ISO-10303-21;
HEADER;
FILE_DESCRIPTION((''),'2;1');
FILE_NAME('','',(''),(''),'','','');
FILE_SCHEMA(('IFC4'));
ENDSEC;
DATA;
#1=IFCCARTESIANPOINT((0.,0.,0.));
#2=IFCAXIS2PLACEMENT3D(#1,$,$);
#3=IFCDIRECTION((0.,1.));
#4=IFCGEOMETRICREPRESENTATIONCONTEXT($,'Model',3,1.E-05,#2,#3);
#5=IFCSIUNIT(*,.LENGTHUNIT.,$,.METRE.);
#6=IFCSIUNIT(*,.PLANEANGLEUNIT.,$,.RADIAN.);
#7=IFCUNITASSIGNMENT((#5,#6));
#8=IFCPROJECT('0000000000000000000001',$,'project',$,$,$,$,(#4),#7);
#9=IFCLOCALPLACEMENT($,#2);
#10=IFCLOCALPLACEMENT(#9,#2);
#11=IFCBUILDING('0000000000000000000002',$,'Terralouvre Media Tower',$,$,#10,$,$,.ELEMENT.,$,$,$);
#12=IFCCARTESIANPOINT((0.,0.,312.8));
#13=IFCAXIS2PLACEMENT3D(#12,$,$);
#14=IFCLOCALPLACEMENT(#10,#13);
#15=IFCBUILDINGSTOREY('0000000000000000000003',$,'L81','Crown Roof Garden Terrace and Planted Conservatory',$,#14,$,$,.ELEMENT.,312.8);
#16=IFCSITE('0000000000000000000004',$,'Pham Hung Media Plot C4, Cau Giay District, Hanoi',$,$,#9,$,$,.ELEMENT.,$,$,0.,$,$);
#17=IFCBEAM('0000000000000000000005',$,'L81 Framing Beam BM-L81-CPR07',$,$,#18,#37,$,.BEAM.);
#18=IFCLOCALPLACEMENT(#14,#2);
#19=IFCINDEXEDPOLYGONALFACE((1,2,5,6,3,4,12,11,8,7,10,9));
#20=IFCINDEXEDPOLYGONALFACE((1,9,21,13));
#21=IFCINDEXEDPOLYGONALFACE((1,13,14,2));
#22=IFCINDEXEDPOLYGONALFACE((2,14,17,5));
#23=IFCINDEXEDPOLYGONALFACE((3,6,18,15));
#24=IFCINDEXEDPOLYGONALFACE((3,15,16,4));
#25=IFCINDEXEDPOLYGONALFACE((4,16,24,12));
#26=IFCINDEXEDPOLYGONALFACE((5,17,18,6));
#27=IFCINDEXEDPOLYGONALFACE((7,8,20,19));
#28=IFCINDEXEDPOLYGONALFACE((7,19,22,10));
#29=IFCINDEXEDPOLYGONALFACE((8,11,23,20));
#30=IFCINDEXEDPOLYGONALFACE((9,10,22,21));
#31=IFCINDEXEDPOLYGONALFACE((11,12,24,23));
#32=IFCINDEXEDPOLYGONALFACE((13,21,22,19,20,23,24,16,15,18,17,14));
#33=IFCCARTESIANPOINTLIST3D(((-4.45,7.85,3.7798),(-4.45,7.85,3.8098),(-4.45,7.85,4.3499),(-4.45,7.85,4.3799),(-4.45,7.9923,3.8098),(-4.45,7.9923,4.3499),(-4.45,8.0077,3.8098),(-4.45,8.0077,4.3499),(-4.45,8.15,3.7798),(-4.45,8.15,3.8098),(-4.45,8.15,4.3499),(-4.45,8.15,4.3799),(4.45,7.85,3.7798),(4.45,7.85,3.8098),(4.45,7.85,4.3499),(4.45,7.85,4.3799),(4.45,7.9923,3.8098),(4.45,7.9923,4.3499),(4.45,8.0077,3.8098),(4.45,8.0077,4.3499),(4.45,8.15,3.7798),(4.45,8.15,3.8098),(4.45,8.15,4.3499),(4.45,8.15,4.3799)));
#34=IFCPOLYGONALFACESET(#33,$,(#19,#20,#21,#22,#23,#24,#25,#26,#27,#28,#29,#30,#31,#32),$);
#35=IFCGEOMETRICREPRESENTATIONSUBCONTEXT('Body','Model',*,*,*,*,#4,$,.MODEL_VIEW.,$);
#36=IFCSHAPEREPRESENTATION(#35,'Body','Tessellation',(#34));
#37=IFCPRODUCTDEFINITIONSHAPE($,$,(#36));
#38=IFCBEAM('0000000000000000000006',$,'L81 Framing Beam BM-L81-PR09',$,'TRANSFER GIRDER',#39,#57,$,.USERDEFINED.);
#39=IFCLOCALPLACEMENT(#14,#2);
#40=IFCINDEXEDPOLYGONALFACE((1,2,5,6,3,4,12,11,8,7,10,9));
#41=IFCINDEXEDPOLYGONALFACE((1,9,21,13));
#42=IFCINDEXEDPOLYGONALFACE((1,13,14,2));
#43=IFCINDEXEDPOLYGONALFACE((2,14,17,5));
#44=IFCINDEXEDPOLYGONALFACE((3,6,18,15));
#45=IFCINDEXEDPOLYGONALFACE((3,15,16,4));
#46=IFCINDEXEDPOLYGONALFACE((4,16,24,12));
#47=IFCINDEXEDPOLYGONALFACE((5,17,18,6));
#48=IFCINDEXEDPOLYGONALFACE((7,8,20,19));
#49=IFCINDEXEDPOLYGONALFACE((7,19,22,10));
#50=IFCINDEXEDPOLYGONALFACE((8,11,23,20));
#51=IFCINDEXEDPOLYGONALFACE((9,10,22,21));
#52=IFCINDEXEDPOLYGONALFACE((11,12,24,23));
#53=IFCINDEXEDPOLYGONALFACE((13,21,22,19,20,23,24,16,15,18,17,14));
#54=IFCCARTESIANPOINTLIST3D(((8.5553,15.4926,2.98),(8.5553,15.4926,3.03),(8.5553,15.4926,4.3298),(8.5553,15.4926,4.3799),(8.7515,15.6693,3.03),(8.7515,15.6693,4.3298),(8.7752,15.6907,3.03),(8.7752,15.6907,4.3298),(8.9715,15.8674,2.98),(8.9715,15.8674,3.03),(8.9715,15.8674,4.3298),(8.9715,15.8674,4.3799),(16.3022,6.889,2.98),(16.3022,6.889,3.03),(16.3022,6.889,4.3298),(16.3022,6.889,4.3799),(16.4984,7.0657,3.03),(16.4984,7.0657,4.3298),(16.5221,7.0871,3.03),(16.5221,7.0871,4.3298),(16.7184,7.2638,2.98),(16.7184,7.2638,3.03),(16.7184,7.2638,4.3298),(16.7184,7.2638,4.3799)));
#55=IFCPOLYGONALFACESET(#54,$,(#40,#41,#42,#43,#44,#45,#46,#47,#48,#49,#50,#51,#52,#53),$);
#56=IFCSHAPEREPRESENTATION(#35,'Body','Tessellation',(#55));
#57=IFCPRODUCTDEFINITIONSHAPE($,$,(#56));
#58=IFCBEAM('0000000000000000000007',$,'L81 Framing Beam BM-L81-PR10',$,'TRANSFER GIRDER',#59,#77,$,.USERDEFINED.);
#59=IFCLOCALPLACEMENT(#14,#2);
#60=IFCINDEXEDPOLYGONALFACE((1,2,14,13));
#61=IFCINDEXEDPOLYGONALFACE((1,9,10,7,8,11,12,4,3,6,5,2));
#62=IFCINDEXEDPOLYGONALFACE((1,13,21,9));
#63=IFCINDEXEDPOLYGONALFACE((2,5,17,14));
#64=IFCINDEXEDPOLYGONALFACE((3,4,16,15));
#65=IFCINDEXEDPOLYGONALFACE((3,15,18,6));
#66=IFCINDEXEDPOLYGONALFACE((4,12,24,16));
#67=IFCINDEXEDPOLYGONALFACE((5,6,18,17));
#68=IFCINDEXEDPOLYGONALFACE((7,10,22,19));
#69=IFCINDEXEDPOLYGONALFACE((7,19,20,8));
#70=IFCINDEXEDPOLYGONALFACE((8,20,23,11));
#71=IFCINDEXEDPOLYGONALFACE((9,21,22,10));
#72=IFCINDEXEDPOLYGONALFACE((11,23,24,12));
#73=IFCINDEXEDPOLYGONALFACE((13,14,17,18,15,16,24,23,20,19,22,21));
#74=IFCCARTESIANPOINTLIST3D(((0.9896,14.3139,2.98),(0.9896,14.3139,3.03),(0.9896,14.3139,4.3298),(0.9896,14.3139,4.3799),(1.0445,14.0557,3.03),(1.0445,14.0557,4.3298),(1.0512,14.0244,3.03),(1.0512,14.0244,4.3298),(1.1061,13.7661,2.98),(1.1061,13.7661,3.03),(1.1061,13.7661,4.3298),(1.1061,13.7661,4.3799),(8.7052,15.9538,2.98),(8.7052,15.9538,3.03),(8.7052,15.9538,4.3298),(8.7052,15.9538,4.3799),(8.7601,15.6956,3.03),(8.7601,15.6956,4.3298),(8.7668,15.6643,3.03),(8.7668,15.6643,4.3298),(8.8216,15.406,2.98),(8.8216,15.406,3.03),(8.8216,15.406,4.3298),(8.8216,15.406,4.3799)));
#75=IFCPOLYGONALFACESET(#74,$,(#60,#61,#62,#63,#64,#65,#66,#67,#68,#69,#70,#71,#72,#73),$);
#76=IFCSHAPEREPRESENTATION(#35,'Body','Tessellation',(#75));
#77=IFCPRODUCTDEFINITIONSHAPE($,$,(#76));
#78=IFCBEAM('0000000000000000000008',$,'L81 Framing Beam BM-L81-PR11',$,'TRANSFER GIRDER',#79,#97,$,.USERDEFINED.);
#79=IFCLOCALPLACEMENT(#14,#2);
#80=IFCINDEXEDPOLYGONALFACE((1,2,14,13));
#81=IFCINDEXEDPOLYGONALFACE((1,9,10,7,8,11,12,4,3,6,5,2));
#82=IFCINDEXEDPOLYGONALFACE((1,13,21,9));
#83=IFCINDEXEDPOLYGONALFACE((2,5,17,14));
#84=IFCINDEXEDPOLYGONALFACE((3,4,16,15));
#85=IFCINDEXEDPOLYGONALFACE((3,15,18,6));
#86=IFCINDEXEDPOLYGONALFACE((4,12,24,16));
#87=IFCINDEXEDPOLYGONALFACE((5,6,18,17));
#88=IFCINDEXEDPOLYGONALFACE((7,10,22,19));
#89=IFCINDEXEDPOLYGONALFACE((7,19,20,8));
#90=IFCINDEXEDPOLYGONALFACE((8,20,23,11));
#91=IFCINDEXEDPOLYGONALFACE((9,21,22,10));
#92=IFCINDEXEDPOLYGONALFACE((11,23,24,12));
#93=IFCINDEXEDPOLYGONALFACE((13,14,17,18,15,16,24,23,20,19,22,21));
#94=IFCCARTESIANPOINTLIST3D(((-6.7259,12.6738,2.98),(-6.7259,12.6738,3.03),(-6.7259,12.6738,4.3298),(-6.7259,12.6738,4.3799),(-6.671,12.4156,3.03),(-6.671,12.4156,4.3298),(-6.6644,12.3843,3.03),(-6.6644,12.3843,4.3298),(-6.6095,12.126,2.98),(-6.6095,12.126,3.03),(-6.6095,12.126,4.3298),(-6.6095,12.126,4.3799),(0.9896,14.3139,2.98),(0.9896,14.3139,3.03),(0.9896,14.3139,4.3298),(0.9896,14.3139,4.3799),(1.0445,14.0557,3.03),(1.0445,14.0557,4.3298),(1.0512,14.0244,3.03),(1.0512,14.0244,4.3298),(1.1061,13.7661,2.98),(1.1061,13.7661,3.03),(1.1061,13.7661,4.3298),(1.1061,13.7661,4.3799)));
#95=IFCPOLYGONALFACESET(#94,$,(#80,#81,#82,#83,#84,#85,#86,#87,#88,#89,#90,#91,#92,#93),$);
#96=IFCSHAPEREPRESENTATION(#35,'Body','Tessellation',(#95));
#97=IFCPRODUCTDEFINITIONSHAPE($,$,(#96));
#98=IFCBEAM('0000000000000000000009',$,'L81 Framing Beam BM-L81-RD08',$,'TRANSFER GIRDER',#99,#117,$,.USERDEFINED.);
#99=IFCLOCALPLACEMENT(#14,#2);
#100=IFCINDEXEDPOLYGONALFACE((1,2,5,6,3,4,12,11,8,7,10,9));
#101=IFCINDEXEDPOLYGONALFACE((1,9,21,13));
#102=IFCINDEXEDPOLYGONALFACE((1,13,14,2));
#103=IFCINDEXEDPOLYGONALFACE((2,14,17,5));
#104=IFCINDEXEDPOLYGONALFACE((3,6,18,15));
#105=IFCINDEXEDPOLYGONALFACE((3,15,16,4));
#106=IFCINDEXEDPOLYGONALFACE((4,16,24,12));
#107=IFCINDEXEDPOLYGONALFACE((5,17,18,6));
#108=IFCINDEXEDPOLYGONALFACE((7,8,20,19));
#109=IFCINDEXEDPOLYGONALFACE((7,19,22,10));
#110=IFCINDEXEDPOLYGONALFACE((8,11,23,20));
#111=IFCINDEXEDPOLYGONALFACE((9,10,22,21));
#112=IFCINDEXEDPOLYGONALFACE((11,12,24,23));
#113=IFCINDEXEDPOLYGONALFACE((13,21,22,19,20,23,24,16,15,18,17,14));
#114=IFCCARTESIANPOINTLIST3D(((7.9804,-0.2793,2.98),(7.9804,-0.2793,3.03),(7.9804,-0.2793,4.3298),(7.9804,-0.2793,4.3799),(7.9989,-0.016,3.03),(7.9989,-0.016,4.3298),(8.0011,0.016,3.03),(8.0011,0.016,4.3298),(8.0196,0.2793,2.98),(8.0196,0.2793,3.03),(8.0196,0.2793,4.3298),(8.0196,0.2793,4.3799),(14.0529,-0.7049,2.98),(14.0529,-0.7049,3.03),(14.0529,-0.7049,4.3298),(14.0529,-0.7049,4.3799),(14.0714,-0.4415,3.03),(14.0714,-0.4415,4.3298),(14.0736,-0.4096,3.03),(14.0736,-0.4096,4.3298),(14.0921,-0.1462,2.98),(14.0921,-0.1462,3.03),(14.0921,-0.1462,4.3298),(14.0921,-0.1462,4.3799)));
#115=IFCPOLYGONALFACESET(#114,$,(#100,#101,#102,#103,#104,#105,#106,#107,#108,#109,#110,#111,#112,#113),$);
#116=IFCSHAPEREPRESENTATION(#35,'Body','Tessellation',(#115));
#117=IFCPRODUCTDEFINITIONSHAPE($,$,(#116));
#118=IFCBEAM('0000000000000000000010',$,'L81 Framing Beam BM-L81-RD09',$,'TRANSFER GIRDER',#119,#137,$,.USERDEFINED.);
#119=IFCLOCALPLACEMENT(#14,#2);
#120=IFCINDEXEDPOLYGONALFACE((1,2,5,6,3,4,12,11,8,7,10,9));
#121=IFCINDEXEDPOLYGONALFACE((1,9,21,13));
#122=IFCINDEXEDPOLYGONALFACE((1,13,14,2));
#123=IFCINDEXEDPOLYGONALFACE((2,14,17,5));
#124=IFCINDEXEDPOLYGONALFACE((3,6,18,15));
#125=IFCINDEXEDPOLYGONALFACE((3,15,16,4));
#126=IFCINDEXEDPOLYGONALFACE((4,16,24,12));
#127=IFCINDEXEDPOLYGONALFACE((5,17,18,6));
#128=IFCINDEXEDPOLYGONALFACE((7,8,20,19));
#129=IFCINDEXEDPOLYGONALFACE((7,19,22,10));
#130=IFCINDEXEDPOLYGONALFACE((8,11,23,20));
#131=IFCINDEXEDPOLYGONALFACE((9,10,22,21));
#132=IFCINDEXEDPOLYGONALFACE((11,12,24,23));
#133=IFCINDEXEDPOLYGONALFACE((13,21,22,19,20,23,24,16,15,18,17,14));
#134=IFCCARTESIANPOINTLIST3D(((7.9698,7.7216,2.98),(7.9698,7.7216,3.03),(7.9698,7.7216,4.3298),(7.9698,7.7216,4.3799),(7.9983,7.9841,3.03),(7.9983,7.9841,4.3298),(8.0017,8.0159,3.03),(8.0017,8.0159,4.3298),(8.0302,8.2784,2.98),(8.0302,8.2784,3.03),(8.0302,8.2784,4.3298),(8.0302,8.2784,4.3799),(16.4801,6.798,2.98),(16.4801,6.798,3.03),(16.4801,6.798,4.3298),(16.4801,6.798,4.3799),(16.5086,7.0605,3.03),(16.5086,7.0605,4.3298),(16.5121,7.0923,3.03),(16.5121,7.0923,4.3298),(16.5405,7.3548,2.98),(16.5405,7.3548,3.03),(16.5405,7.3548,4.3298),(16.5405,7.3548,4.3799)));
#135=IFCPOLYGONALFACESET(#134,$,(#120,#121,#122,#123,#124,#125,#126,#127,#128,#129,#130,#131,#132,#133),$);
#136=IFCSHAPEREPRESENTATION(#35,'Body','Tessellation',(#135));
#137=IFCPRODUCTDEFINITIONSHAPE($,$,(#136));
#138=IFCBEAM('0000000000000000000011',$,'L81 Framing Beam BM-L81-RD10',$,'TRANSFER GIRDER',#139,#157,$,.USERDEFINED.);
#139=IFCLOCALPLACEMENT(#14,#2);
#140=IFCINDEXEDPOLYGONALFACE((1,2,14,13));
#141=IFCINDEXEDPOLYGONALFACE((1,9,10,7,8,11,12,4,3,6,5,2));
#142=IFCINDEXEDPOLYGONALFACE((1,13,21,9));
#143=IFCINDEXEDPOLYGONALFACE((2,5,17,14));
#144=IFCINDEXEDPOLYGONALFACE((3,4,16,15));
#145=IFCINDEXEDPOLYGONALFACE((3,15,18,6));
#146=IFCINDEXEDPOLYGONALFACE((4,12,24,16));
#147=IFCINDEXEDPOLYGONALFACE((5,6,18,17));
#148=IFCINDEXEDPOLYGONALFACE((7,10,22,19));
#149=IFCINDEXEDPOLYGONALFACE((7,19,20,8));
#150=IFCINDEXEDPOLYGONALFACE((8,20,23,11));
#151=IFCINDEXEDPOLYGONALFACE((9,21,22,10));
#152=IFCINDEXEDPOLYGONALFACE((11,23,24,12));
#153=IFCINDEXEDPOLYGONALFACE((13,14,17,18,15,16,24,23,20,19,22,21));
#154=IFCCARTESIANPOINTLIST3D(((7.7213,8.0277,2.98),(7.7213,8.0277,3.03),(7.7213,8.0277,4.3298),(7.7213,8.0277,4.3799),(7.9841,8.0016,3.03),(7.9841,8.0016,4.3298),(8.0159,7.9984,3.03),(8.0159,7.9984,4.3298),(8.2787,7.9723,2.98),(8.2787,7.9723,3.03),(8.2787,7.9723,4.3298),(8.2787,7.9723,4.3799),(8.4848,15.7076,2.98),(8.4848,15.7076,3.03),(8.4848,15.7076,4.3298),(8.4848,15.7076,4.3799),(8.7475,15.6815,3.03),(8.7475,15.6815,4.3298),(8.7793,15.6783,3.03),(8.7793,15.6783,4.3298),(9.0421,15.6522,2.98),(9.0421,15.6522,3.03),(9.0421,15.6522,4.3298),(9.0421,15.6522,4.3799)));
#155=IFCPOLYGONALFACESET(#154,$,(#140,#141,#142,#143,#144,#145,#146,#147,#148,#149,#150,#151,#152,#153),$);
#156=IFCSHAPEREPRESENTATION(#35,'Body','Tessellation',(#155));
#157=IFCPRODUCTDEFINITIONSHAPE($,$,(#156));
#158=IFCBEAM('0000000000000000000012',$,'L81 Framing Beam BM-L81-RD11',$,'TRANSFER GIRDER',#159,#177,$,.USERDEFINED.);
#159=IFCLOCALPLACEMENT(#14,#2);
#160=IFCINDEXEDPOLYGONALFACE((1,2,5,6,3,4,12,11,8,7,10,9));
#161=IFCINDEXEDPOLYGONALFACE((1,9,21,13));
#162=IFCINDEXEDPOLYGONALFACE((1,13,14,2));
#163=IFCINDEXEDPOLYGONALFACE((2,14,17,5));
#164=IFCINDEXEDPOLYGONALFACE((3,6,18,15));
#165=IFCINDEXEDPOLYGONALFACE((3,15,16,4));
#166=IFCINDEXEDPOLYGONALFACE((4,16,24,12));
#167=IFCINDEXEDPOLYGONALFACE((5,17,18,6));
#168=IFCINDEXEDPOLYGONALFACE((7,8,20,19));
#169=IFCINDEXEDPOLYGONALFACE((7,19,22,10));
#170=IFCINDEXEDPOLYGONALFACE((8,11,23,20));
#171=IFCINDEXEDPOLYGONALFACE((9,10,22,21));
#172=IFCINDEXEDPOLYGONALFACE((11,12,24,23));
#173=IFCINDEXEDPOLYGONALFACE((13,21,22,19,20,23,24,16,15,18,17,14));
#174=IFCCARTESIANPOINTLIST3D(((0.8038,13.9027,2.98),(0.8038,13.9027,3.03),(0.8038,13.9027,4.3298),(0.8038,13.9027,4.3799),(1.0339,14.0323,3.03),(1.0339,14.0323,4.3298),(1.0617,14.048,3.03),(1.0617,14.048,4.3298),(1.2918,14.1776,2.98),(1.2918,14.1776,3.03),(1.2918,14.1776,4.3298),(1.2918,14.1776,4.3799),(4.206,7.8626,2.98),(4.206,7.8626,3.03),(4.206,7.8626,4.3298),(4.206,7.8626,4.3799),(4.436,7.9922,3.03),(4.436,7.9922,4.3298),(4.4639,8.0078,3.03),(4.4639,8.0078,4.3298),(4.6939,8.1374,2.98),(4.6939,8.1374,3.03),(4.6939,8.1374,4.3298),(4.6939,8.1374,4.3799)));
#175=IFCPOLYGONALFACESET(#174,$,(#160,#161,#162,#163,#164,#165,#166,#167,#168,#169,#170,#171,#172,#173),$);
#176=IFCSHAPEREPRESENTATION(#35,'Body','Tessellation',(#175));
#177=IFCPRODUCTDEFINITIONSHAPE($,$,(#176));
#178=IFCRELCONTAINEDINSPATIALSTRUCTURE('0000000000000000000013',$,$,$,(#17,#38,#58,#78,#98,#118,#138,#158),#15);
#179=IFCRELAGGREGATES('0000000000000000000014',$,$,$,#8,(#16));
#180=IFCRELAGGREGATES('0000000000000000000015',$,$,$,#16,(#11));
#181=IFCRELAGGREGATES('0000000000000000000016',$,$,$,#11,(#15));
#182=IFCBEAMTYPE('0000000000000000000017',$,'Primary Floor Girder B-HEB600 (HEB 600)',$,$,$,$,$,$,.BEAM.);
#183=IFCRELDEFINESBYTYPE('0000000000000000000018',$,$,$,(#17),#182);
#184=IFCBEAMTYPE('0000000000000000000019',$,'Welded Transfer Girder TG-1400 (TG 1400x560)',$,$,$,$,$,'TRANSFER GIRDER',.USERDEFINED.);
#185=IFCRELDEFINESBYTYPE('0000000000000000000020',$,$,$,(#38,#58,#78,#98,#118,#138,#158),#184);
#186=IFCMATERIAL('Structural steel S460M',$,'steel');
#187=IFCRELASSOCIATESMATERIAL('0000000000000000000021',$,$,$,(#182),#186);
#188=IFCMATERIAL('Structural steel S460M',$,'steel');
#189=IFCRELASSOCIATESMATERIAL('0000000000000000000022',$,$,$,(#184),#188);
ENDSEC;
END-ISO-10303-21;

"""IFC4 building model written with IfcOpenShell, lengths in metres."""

from ifc_helpers import new_model, si_unit, direction, frame, origin, origin_2d, place, context, subcontext, project, spatial, i_section, extrude, material, material_profile, profile_set, type_object, element, save


model = new_model("IFC4")

# Units and contexts
model_context = context("Model", 3, precision=1e-05, world=origin(), true_north=direction((0.0, 1.0)))
body_context = subcontext(model_context, "Body", "Model", "MODEL_VIEW")
ifc_project = project(units=[si_unit("LENGTHUNIT", "METRE"), si_unit("PLANEANGLEUNIT", "RADIAN")], contexts=[model_context])

# Site, building, storey
site_placement = place(None, origin())
site = spatial("IfcSite", under=ifc_project, at=site_placement, Name="Pham Hung Media Plot C4, Cau Giay District, Hanoi", CompositionType="ELEMENT", RefElevation=0.0)
building_placement = place(site_placement, origin())
building = spatial("IfcBuilding", under=site, at=building_placement, Name="Terralouvre Media Tower", CompositionType="ELEMENT")
storey_placement = place(building_placement, frame((0.0, 0.0, 312.8)))
storey = spatial("IfcBuildingStorey", under=building, at=storey_placement, Name="L81", Description="Crown Roof Garden Terrace and Planted Conservatory", CompositionType="ELEMENT", Elevation=312.8)

# Beams
ifc_material_1 = material(Name="Structural steel S460M", Category="steel")
ifc_material_profile_1 = material_profile(ifc_material_1, i_section(OverallWidth=0.3, OverallDepth=0.6001, WebThickness=0.0154, FlangeThickness=0.03, at=origin_2d()), Name="HEB 600")
ifc_profile_set_1 = profile_set([ifc_material_profile_1], Name="Structural steel S460M")
beam_type_1 = type_object("IfcBeamType", Name="Primary Floor Girder B-HEB600 (HEB 600)", PredefinedType="BEAM", material=ifc_profile_set_1)
beam_1_placement = place(storey_placement, frame((4.45, 8.0, 4.0798), z_axis=(-1.0, 0.0, 0.0), x_axis=(0.0, -1.0, 0.0)))
element("IfcBeam", 1, at=beam_1_placement, inside=storey, type_object=beam_type_1, Name="L81 Framing Beam BM-L81-CPR07", PredefinedType="BEAM", context=body_context, shape_type="SweptSolid", body=[
    extrude(i_section(OverallWidth=0.3, OverallDepth=0.6001, WebThickness=0.0154, FlangeThickness=0.03, at=origin_2d()), origin(), (0.0, 0.0, 1.0), 8.8999),
])
ifc_material_2 = material(Name="Structural steel S460M", Category="steel")
ifc_material_profile_2 = material_profile(ifc_material_2, i_section(OverallWidth=0.5601, OverallDepth=1.3999, WebThickness=0.032, FlangeThickness=0.05, at=origin_2d()), Name="TG 1400x560")
ifc_profile_set_2 = profile_set([ifc_material_profile_2], Name="Structural steel S460M")
beam_type_2 = type_object("IfcBeamType", Name="Welded Transfer Girder TG-1400 (TG 1400x560)", ElementType="TRANSFER GIRDER", PredefinedType="USERDEFINED", material=ifc_profile_set_2)
beam_2_placement = place(storey_placement, frame((16.5103, 7.0764, 3.6799), z_axis=(-0.669139, 0.743137, 0.0), x_axis=(-0.743137, -0.669139, 0.0)))
element("IfcBeam", 2, at=beam_2_placement, inside=storey, type_object=beam_type_2, Name="L81 Framing Beam BM-L81-PR09", ObjectType="TRANSFER GIRDER", PredefinedType="USERDEFINED", context=body_context, shape_type="SweptSolid", body=[
    extrude(i_section(OverallWidth=0.5601, OverallDepth=1.3999, WebThickness=0.032, FlangeThickness=0.05, at=origin_2d()), origin(), (0.0, 0.0, 1.0), 11.5774),
])
for number, where, z_axis, x_axis, name in (
    (3, (8.7634, 15.6799, 3.6799), (-0.97815, -0.207899, 0.0), (0.207899, -0.97815, 0.0), "L81 Framing Beam BM-L81-PR10"),
    (4, (1.0479, 14.04, 3.6799), (-0.978144, -0.207929, 0.0), (0.207929, -0.978144, 0.0), "L81 Framing Beam BM-L81-PR11"),
):
    element("IfcBeam", number, at=place(storey_placement, frame(where, z_axis=z_axis, x_axis=x_axis)), inside=storey, type_object=beam_type_2, Name=name, ObjectType="TRANSFER GIRDER", PredefinedType="USERDEFINED", context=body_context, shape_type="SweptSolid", body=[
        extrude(i_section(OverallWidth=0.5601, OverallDepth=1.3999, WebThickness=0.032, FlangeThickness=0.05, at=origin_2d()), origin(), (0.0, 0.0, 1.0), 7.8879),
    ])
beam_3_placement = place(storey_placement, frame((8.0, 0.0, 3.6799), z_axis=(0.997554, -0.069905, 0.0), x_axis=(0.069905, 0.997554, 0.0)))
element("IfcBeam", 5, at=beam_3_placement, inside=storey, type_object=beam_type_2, Name="L81 Framing Beam BM-L81-RD08", ObjectType="TRANSFER GIRDER", PredefinedType="USERDEFINED", context=body_context, shape_type="SweptSolid", body=[
    extrude(i_section(OverallWidth=0.5601, OverallDepth=1.3999, WebThickness=0.032, FlangeThickness=0.05, at=origin_2d()), origin(), (0.0, 0.0, 1.0), 6.0874),
])
beam_4_placement = place(storey_placement, frame((8.0, 8.0, 3.6799), z_axis=(0.994163, -0.107893, 0.0), x_axis=(0.107893, 0.994163, 0.0)))
element("IfcBeam", 6, at=beam_4_placement, inside=storey, type_object=beam_type_2, Name="L81 Framing Beam BM-L81-RD09", ObjectType="TRANSFER GIRDER", PredefinedType="USERDEFINED", context=body_context, shape_type="SweptSolid", body=[
    extrude(i_section(OverallWidth=0.5601, OverallDepth=1.3999, WebThickness=0.032, FlangeThickness=0.05, at=origin_2d()), origin(), (0.0, 0.0, 1.0), 8.5603),
])
beam_5_placement = place(storey_placement, frame((8.0, 8.0, 3.6799), z_axis=(0.098918, 0.995096, 0.0), x_axis=(-0.995096, 0.098918, 0.0)))
element("IfcBeam", 7, at=beam_5_placement, inside=storey, type_object=beam_type_2, Name="L81 Framing Beam BM-L81-RD10", ObjectType="TRANSFER GIRDER", PredefinedType="USERDEFINED", context=body_context, shape_type="SweptSolid", body=[
    extrude(i_section(OverallWidth=0.5601, OverallDepth=1.3999, WebThickness=0.032, FlangeThickness=0.05, at=origin_2d()), origin(), (0.0, 0.0, 1.0), 7.7178),
])
beam_6_placement = place(storey_placement, frame((4.45, 8.0, 3.6799), z_axis=(-0.490763, 0.871293, 0.0), x_axis=(-0.871293, -0.490763, 0.0)))
element("IfcBeam", 8, at=beam_6_placement, inside=storey, type_object=beam_type_2, Name="L81 Framing Beam BM-L81-RD11", ObjectType="TRANSFER GIRDER", PredefinedType="USERDEFINED", context=body_context, shape_type="SweptSolid", body=[
    extrude(i_section(OverallWidth=0.5601, OverallDepth=1.3999, WebThickness=0.032, FlangeThickness=0.05, at=origin_2d()), origin(), (0.0, 0.0, 1.0), 6.9324),
])

save(model, "model.ifc")
